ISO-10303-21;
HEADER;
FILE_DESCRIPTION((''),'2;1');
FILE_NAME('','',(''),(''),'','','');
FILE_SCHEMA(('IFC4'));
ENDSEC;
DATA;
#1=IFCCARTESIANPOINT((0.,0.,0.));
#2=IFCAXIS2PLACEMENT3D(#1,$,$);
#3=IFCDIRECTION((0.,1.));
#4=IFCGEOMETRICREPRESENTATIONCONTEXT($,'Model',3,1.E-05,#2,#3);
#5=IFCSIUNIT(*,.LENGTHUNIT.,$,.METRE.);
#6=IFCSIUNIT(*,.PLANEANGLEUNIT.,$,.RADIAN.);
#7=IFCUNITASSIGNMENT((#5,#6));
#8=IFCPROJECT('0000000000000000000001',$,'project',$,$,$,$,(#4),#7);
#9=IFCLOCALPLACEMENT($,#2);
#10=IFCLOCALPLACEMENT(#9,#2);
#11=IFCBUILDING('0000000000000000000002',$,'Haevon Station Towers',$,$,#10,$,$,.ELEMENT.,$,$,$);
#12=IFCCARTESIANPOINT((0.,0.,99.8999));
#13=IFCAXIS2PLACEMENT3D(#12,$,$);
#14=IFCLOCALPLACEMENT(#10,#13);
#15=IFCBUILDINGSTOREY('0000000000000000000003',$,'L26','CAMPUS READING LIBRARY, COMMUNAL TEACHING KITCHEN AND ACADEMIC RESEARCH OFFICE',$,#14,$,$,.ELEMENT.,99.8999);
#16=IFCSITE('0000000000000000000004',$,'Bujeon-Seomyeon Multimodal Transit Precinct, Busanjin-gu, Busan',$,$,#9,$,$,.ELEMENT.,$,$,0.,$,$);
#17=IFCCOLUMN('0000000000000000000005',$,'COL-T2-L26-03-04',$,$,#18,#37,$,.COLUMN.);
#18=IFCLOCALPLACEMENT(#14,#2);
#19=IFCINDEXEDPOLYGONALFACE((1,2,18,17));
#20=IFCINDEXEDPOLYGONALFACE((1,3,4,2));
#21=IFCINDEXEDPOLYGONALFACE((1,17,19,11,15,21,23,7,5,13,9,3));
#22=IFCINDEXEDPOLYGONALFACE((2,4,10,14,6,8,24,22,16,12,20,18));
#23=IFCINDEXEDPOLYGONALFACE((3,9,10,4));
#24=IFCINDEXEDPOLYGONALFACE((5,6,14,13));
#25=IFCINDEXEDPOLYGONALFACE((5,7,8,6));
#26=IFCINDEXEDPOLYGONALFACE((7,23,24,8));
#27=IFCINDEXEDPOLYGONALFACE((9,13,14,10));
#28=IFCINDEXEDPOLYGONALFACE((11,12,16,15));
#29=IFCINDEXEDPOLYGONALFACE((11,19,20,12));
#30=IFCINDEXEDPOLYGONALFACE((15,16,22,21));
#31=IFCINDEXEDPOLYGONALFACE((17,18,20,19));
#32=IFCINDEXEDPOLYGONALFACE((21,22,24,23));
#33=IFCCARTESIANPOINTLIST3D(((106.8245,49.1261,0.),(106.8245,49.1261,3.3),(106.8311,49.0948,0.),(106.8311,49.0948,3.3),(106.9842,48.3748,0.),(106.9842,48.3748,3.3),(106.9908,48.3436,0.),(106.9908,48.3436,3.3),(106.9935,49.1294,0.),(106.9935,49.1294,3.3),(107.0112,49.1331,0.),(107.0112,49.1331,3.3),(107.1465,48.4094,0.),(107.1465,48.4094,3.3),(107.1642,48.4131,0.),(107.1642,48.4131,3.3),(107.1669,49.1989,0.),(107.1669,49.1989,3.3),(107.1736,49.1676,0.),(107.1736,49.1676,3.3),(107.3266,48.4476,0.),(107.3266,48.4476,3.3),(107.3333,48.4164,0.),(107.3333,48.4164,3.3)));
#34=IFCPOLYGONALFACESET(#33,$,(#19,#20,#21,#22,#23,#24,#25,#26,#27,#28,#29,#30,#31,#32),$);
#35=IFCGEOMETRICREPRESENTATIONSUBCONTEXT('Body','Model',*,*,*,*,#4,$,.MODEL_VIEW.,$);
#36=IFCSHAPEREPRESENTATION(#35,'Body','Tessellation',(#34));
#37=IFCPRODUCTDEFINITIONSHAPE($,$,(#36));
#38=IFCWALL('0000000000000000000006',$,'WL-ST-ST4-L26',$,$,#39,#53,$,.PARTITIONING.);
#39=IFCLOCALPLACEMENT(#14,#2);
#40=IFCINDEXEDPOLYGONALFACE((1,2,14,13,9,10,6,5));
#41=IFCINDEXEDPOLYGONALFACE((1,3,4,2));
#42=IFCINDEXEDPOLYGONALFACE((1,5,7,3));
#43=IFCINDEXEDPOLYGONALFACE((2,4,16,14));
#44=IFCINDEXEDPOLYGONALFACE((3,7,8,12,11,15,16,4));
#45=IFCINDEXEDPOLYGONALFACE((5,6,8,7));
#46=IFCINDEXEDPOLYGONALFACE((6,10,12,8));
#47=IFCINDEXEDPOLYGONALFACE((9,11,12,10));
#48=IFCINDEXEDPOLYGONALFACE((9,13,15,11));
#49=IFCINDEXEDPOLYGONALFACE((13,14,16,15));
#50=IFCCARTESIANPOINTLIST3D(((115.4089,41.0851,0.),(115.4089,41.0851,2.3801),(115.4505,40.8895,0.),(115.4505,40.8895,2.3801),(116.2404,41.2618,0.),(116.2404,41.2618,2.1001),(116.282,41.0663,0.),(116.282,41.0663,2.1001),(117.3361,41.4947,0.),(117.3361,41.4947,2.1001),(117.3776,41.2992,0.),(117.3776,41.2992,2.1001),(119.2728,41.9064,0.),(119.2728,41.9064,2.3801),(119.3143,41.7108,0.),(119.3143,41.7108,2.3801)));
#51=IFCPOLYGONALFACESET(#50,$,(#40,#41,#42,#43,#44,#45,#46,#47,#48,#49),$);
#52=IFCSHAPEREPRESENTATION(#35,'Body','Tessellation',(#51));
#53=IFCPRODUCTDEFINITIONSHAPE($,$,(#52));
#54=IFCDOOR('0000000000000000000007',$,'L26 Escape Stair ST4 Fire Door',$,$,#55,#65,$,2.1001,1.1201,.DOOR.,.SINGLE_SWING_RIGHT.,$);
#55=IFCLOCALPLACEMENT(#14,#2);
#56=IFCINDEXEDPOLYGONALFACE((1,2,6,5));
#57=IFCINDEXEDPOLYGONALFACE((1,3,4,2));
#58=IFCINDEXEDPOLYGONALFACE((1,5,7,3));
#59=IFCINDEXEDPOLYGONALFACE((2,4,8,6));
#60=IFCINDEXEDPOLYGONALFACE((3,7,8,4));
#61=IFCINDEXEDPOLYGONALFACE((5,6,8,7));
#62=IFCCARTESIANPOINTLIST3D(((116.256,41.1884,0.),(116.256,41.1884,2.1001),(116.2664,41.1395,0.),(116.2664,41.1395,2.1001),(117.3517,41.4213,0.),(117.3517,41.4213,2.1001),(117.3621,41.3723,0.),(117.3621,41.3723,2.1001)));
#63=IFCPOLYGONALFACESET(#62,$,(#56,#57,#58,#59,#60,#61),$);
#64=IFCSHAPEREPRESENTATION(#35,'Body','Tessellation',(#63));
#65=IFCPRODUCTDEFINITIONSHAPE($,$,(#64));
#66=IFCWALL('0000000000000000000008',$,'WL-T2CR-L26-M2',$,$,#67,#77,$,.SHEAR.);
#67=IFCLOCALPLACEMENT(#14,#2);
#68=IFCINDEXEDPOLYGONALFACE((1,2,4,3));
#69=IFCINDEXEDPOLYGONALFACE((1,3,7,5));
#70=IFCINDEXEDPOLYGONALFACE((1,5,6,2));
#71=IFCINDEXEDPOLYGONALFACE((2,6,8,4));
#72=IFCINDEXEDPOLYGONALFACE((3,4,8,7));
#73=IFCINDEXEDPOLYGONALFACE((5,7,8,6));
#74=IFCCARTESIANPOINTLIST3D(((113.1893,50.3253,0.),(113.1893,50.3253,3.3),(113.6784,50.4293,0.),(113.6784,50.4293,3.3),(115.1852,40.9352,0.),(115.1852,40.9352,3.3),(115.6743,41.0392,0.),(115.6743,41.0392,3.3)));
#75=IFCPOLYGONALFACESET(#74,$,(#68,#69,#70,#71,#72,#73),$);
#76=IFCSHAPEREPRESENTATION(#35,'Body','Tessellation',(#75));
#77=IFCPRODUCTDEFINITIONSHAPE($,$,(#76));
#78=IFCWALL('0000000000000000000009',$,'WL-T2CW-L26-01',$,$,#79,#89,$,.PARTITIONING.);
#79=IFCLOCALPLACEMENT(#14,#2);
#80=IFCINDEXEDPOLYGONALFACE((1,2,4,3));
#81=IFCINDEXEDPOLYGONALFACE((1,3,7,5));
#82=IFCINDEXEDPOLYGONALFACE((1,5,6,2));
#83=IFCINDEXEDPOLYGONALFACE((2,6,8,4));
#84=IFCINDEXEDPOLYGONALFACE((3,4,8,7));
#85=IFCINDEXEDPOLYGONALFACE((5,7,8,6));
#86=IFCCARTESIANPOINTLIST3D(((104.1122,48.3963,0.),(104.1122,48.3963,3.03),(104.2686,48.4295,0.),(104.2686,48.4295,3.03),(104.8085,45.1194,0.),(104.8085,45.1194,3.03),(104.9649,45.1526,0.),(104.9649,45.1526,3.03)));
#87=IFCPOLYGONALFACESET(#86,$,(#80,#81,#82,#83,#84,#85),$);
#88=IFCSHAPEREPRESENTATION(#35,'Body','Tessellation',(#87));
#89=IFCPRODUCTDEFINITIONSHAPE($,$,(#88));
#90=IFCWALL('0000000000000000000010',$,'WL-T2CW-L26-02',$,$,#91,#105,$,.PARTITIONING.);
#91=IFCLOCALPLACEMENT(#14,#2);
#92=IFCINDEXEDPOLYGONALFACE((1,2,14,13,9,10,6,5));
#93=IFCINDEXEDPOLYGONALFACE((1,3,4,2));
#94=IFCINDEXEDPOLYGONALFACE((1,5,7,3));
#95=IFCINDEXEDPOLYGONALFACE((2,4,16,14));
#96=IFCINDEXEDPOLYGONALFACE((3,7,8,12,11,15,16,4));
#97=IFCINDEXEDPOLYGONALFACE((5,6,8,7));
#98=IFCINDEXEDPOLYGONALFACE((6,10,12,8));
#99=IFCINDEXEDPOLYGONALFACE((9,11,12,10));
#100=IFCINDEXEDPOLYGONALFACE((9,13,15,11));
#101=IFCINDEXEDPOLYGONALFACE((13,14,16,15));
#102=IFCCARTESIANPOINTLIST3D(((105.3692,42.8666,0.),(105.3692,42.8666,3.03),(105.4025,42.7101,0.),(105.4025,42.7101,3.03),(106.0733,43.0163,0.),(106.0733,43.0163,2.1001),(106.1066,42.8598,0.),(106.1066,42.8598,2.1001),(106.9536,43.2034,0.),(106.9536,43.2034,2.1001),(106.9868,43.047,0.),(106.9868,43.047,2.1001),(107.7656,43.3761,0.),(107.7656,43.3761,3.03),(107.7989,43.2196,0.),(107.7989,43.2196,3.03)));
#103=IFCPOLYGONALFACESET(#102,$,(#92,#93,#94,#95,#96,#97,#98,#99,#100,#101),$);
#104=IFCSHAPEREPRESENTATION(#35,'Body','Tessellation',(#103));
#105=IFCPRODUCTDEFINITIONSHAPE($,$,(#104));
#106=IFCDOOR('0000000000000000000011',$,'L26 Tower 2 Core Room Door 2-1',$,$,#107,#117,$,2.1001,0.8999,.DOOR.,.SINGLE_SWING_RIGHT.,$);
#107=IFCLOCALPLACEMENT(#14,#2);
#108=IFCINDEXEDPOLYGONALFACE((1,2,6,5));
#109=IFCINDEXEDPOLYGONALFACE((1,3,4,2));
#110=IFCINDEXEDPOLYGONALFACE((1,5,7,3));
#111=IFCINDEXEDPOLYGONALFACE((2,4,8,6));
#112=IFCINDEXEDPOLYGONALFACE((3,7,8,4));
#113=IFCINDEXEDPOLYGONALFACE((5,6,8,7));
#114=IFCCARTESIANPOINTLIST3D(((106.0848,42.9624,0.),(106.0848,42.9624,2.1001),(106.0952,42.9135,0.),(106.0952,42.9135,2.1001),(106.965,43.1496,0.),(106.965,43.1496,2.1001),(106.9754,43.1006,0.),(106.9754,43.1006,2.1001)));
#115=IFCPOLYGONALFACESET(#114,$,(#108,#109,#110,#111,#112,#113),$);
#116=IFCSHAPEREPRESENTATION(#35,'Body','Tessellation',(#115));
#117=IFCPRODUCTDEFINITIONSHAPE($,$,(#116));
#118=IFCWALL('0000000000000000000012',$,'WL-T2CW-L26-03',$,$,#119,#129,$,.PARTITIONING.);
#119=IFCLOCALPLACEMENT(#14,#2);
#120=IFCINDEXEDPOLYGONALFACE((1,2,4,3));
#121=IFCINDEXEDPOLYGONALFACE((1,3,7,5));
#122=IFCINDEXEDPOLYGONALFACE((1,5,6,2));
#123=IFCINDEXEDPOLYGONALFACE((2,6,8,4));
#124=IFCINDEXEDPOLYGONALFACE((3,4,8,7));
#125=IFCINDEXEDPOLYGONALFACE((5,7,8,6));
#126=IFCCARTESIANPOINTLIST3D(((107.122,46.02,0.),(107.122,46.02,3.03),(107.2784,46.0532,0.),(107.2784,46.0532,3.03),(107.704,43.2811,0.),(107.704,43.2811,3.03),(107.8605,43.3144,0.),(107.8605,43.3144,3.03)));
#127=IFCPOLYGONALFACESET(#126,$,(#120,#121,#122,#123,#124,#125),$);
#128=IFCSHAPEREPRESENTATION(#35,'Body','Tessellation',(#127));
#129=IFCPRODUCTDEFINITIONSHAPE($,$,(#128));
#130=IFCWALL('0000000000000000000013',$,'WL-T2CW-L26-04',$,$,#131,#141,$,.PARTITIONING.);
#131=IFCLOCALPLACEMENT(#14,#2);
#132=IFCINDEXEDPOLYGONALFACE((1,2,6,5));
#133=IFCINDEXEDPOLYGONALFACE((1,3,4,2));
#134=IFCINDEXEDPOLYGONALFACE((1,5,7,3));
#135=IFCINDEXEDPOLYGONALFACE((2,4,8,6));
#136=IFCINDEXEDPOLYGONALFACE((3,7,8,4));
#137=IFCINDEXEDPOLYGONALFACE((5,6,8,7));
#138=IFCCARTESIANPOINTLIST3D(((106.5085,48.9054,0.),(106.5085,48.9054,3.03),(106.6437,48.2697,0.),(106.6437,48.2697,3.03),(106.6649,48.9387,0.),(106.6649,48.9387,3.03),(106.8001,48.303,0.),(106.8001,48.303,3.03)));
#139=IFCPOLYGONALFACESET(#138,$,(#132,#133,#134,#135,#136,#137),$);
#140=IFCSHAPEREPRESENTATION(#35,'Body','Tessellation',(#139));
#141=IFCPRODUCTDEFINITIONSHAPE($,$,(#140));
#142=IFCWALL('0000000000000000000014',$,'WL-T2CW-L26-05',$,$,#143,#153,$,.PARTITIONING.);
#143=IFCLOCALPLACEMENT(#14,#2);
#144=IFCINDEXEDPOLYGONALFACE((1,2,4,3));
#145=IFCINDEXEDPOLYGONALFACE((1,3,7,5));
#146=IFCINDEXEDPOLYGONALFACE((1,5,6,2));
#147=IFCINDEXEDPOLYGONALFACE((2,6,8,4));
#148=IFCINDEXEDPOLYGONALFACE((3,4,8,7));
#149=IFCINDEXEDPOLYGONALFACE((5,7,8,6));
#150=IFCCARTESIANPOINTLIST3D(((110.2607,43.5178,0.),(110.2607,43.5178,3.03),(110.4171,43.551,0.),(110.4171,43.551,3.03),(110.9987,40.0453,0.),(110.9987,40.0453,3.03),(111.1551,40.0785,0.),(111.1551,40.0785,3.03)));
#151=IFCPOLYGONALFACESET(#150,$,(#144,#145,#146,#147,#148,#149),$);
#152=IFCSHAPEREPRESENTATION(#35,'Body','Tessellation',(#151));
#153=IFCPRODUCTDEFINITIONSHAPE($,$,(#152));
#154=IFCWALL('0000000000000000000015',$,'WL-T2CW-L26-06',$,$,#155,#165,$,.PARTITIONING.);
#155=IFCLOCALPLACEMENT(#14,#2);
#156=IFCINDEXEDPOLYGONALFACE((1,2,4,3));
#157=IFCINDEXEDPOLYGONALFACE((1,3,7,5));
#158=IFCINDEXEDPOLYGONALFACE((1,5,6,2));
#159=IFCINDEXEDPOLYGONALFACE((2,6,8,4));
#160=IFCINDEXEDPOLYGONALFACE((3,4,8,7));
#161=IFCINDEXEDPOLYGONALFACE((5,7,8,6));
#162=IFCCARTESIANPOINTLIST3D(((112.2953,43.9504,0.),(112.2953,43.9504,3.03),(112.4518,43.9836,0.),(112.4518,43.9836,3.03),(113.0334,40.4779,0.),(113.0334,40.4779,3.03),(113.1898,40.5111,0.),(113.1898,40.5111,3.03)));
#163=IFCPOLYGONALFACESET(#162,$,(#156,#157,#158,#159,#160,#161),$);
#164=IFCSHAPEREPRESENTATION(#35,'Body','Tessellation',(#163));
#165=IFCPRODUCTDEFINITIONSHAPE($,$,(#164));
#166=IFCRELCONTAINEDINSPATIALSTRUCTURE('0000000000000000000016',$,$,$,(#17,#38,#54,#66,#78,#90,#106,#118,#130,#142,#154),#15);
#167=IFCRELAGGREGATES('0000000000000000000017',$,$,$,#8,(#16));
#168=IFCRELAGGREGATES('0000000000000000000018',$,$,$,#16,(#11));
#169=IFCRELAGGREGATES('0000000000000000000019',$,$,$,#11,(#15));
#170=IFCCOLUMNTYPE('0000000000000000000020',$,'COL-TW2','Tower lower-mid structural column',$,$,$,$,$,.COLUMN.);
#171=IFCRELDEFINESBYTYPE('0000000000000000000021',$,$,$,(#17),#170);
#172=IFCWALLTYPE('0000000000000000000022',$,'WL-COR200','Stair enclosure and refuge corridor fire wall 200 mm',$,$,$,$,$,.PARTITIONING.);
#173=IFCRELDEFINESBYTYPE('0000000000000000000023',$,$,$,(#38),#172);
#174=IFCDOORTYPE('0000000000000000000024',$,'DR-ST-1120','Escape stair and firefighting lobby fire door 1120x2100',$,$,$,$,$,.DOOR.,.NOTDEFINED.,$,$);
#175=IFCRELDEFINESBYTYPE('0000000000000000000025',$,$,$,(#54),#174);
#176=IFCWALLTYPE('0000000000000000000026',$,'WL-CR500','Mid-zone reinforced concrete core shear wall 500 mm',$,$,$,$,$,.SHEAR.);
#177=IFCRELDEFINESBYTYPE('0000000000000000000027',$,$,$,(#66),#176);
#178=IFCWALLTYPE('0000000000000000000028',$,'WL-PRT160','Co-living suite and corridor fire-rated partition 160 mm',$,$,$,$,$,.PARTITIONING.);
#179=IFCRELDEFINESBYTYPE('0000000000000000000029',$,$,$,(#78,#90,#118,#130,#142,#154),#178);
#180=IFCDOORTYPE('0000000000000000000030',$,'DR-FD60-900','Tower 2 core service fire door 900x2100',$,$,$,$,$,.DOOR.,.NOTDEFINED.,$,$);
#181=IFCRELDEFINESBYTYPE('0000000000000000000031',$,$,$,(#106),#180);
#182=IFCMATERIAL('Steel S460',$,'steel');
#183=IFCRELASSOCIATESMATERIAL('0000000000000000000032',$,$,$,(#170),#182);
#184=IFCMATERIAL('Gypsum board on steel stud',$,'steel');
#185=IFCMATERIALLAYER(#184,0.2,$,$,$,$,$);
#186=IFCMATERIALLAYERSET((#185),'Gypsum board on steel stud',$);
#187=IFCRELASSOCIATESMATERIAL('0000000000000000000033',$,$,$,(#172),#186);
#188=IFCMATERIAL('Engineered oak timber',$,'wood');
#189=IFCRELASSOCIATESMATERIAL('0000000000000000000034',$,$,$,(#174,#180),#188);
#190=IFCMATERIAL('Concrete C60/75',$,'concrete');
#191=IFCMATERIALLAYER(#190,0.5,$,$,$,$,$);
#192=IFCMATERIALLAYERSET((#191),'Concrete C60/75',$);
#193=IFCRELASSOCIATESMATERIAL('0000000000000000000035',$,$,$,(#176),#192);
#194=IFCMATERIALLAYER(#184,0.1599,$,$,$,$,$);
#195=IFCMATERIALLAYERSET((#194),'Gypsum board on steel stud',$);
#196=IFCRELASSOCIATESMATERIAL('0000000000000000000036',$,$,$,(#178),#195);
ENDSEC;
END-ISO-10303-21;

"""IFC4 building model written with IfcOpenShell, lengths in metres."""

from ifc_helpers import new_model, si_unit, direction, frame, frame_2d, origin, origin_2d, place, context, subcontext, project, spatial, rectangle, i_section, extrude, material, layer, layer_set, material_profile, profile_set, type_object, element, fill, save


model = new_model("IFC4")

# Units and contexts
model_context = context("Model", 3, precision=1e-05, world=origin(), true_north=direction((0.0, 1.0)))
body_context = subcontext(model_context, "Body", "Model", "MODEL_VIEW")
ifc_project = project(units=[si_unit("LENGTHUNIT", "METRE"), si_unit("PLANEANGLEUNIT", "RADIAN")], contexts=[model_context])

# Site, building, storey
site_placement = place(None, origin())
site = spatial("IfcSite", under=ifc_project, at=site_placement, Name="Bujeon-Seomyeon Multimodal Transit Precinct, Busanjin-gu, Busan", CompositionType="ELEMENT", RefElevation=0.0)
building_placement = place(site_placement, origin())
building = spatial("IfcBuilding", under=site, at=building_placement, Name="Haevon Station Towers", CompositionType="ELEMENT")
storey_placement = place(building_placement, frame((0.0, 0.0, 99.8999)))
storey = spatial("IfcBuildingStorey", under=building, at=storey_placement, Name="L26", Description="CAMPUS READING LIBRARY, COMMUNAL TEACHING KITCHEN AND ACADEMIC RESEARCH OFFICE", CompositionType="ELEMENT", Elevation=99.8999)

# Column
ifc_material_1 = material(Name="Steel S460", Category="steel")
ifc_material_profile = material_profile(ifc_material_1, i_section(OverallWidth=0.3501, OverallDepth=0.8, WebThickness=0.0181, FlangeThickness=0.032, at=origin_2d()), Name="H-800x350x18x32")
ifc_profile_set = profile_set([ifc_material_profile], Name="Steel S460")
column_type = type_object("IfcColumnType", Name="COL-TW2", Description="Tower lower-mid structural column", PredefinedType="COLUMN", material=ifc_profile_set)
column_placement = place(storey_placement, frame((107.0789, 48.7712, 0.0), z_axis=(0.0, 0.0, 1.0), x_axis=(0.978148, 0.207912, 0.0)))
element("IfcColumn", 1, at=column_placement, inside=storey, type_object=column_type, Name="COL-T2-L26-03-04", PredefinedType="COLUMN", context=body_context, shape_type="SweptSolid", body=[
    extrude(i_section(OverallWidth=0.3501, OverallDepth=0.8, WebThickness=0.0181, FlangeThickness=0.032, at=origin_2d()), origin(), (0.0, 0.0, 1.0), 3.3),
])

# Wall, opening, door
ifc_material_2 = material(Name="Gypsum board on steel stud", Category="steel")
ifc_layer_1 = layer(ifc_material_2, 0.2)
ifc_layer_set_1 = layer_set([ifc_layer_1], Name="Gypsum board on steel stud")
wall_type_1 = type_object("IfcWallType", Name="WL-COR200", Description="Stair enclosure and refuge corridor fire wall 200 mm", PredefinedType="PARTITIONING", material=ifc_layer_set_1)
wall_1_placement = place(storey_placement, frame((115.4297, 40.9873, 0.0), z_axis=(0.0, 0.0, 1.0), x_axis=(0.978147, 0.207916, 0.0)))
wall_1 = element("IfcWall", 2, at=wall_1_placement, inside=storey, type_object=wall_type_1, Name="WL-ST-ST4-L26", PredefinedType="PARTITIONING", context=body_context, shape_type="SweptSolid", body=[
    extrude(rectangle(XDim=3.9502, YDim=0.2, at=frame_2d((1.9751, 0.0))), origin(), (0.0, 0.0, 1.0), 2.3801),
])
opening_1_placement = place(wall_1_placement, frame((0.8501, 0.0, 0.0)))
opening_1 = element("IfcOpeningElement", 3, at=opening_1_placement, cuts=wall_1, PredefinedType="OPENING", context=body_context, shape_type="SweptSolid", body=[
    extrude(rectangle(XDim=1.1201, YDim=2.1001, at=frame_2d((0.5601, 1.05))), frame((0.0, 0.1099, 0.0), z_axis=(0.0, -1.0, 0.0), x_axis=(1.0, 0.0, 0.0)), (0.0, 0.0, 1.0), 0.22),
])
ifc_material_3 = material(Name="Engineered oak timber", Category="wood")
door_type_1 = type_object("IfcDoorType", Name="DR-ST-1120", Description="Escape stair and firefighting lobby fire door 1120x2100", OperationType="NOTDEFINED", PredefinedType="DOOR", material=ifc_material_3)
door_1_placement = place(opening_1_placement, origin())
door_1 = element("IfcDoor", 4, at=door_1_placement, inside=storey, type_object=door_type_1, Name="L26 Escape Stair ST4 Fire Door", OperationType="SINGLE_SWING_RIGHT", OverallHeight=2.1001, OverallWidth=1.1201, PredefinedType="DOOR", context=body_context, shape_type="SweptSolid", body=[
    extrude(rectangle(XDim=1.1201, YDim=2.1001, at=frame_2d((0.5601, 1.05))), frame((0.0, 0.0249, 0.0), z_axis=(0.0, -1.0, 0.0), x_axis=(1.0, 0.0, 0.0)), (0.0, 0.0, 1.0), 0.05),
])
fill(opening_1, door_1)

# Walls
ifc_material_4 = material(Name="Concrete C60/75", Category="concrete")
ifc_layer_2 = layer(ifc_material_4, 0.5)
ifc_layer_set_2 = layer_set([ifc_layer_2], Name="Concrete C60/75")
wall_type_2 = type_object("IfcWallType", Name="WL-CR500", Description="Mid-zone reinforced concrete core shear wall 500 mm", PredefinedType="SHEAR", material=ifc_layer_set_2)
wall_2_placement = place(storey_placement, frame((115.4297, 40.9873, 0.0), z_axis=(0.0, 0.0, 1.0), x_axis=(-0.207903, 0.978149, 0.0)))
element("IfcWall", 5, at=wall_2_placement, inside=storey, type_object=wall_type_2, Name="WL-T2CR-L26-M2", PredefinedType="SHEAR", context=body_context, shape_type="SweptSolid", body=[
    extrude(rectangle(XDim=9.5999, YDim=0.5, at=frame_2d((4.7998, 0.0))), origin(), (0.0, 0.0, 1.0), 3.3),
])
ifc_layer_3 = layer(ifc_material_2, 0.1599)
ifc_layer_set_3 = layer_set([ifc_layer_3], Name="Gypsum board on steel stud")
wall_type_3 = type_object("IfcWallType", Name="WL-PRT160", Description="Co-living suite and corridor fire-rated partition 160 mm", PredefinedType="PARTITIONING", material=ifc_layer_set_3)
wall_3_placement = place(storey_placement, frame((104.8867, 45.136, 0.0), z_axis=(0.0, 0.0, 1.0), x_axis=(-0.207847, 0.978161, 0.0)))
element("IfcWall", 6, at=wall_3_placement, inside=storey, type_object=wall_type_3, Name="WL-T2CW-L26-01", PredefinedType="PARTITIONING", context=body_context, shape_type="SweptSolid", body=[
    extrude(rectangle(XDim=3.3501, YDim=0.1599, at=frame_2d((1.675, 0.0))), origin(), (0.0, 0.0, 1.0), 3.03),
])

# Wall, opening, door
wall_4_placement = place(storey_placement, frame((105.3857, 42.7883, 0.0), z_axis=(0.0, 0.0, 1.0), x_axis=(0.978137, 0.207964, 0.0)))
wall_4 = element("IfcWall", 7, at=wall_4_placement, inside=storey, type_object=wall_type_3, Name="WL-T2CW-L26-02", PredefinedType="PARTITIONING", context=body_context, shape_type="SweptSolid", body=[
    extrude(rectangle(XDim=2.45, YDim=0.1599, at=frame_2d((1.2251, 0.0))), origin(), (0.0, 0.0, 1.0), 3.03),
])
opening_2_placement = place(wall_4_placement, frame((0.72, 0.0, 0.0)))
opening_2 = element("IfcOpeningElement", 8, at=opening_2_placement, cuts=wall_4, PredefinedType="OPENING", context=body_context, shape_type="SweptSolid", body=[
    extrude(rectangle(XDim=0.8999, YDim=2.1001, at=frame_2d((0.45, 1.05))), frame((0.0, 0.0898, 0.0), z_axis=(0.0, -1.0, 0.0), x_axis=(1.0, 0.0, 0.0)), (0.0, 0.0, 1.0), 0.1799),
])
door_type_2 = type_object("IfcDoorType", Name="DR-FD60-900", Description="Tower 2 core service fire door 900x2100", OperationType="NOTDEFINED", PredefinedType="DOOR", material=ifc_material_3)
door_2_placement = place(opening_2_placement, origin())
door_2 = element("IfcDoor", 9, at=door_2_placement, inside=storey, type_object=door_type_2, Name="L26 Tower 2 Core Room Door 2-1", OperationType="SINGLE_SWING_RIGHT", OverallHeight=2.1001, OverallWidth=0.8999, PredefinedType="DOOR", context=body_context, shape_type="SweptSolid", body=[
    extrude(rectangle(XDim=0.8999, YDim=2.1001, at=frame_2d((0.45, 1.05))), frame((0.0, 0.0249, 0.0), z_axis=(0.0, -1.0, 0.0), x_axis=(1.0, 0.0, 0.0)), (0.0, 0.0, 1.0), 0.05),
])
fill(opening_2, door_2)

# Walls
wall_5_placement = place(storey_placement, frame((107.7822, 43.2979, 0.0), z_axis=(0.0, 0.0, 1.0), x_axis=(-0.207873, 0.978156, 0.0)))
element("IfcWall", 10, at=wall_5_placement, inside=storey, type_object=wall_type_3, Name="WL-T2CW-L26-03", PredefinedType="PARTITIONING", context=body_context, shape_type="SweptSolid", body=[
    extrude(rectangle(XDim=2.8, YDim=0.1599, at=frame_2d((1.3999, 0.0))), origin(), (0.0, 0.0, 1.0), 3.03),
])
wall_6_placement = place(storey_placement, frame((106.7219, 48.2864, 0.0), z_axis=(0.0, 0.0, 1.0), x_axis=(-0.208092, 0.978109, 0.0)))
element("IfcWall", 11, at=wall_6_placement, inside=storey, type_object=wall_type_3, Name="WL-T2CW-L26-04", PredefinedType="PARTITIONING", context=body_context, shape_type="SweptSolid", body=[
    extrude(rectangle(XDim=0.6499, YDim=0.1599, at=frame_2d((0.325, 0.0))), origin(), (0.0, 0.0, 1.0), 3.03),
])
for number, where, z_axis, x_axis, name in (
    (12, (111.0769, 40.062, 0.0), (0.0, 0.0, 1.0), (-0.207899, 0.97815, 0.0), "WL-T2CW-L26-05"),
    (13, (113.1116, 40.4946, 0.0), (0.0, 0.0, 1.0), (-0.207899, 0.97815, 0.0), "WL-T2CW-L26-06"),
):
    element("IfcWall", number, at=place(storey_placement, frame(where, z_axis=z_axis, x_axis=x_axis)), inside=storey, type_object=wall_type_3, Name=name, PredefinedType="PARTITIONING", context=body_context, shape_type="SweptSolid", body=[
        extrude(rectangle(XDim=3.55, YDim=0.1599, at=frame_2d((1.7749, 0.0))), origin(), (0.0, 0.0, 1.0), 3.03),
    ])

save(model, "model.ifc")
